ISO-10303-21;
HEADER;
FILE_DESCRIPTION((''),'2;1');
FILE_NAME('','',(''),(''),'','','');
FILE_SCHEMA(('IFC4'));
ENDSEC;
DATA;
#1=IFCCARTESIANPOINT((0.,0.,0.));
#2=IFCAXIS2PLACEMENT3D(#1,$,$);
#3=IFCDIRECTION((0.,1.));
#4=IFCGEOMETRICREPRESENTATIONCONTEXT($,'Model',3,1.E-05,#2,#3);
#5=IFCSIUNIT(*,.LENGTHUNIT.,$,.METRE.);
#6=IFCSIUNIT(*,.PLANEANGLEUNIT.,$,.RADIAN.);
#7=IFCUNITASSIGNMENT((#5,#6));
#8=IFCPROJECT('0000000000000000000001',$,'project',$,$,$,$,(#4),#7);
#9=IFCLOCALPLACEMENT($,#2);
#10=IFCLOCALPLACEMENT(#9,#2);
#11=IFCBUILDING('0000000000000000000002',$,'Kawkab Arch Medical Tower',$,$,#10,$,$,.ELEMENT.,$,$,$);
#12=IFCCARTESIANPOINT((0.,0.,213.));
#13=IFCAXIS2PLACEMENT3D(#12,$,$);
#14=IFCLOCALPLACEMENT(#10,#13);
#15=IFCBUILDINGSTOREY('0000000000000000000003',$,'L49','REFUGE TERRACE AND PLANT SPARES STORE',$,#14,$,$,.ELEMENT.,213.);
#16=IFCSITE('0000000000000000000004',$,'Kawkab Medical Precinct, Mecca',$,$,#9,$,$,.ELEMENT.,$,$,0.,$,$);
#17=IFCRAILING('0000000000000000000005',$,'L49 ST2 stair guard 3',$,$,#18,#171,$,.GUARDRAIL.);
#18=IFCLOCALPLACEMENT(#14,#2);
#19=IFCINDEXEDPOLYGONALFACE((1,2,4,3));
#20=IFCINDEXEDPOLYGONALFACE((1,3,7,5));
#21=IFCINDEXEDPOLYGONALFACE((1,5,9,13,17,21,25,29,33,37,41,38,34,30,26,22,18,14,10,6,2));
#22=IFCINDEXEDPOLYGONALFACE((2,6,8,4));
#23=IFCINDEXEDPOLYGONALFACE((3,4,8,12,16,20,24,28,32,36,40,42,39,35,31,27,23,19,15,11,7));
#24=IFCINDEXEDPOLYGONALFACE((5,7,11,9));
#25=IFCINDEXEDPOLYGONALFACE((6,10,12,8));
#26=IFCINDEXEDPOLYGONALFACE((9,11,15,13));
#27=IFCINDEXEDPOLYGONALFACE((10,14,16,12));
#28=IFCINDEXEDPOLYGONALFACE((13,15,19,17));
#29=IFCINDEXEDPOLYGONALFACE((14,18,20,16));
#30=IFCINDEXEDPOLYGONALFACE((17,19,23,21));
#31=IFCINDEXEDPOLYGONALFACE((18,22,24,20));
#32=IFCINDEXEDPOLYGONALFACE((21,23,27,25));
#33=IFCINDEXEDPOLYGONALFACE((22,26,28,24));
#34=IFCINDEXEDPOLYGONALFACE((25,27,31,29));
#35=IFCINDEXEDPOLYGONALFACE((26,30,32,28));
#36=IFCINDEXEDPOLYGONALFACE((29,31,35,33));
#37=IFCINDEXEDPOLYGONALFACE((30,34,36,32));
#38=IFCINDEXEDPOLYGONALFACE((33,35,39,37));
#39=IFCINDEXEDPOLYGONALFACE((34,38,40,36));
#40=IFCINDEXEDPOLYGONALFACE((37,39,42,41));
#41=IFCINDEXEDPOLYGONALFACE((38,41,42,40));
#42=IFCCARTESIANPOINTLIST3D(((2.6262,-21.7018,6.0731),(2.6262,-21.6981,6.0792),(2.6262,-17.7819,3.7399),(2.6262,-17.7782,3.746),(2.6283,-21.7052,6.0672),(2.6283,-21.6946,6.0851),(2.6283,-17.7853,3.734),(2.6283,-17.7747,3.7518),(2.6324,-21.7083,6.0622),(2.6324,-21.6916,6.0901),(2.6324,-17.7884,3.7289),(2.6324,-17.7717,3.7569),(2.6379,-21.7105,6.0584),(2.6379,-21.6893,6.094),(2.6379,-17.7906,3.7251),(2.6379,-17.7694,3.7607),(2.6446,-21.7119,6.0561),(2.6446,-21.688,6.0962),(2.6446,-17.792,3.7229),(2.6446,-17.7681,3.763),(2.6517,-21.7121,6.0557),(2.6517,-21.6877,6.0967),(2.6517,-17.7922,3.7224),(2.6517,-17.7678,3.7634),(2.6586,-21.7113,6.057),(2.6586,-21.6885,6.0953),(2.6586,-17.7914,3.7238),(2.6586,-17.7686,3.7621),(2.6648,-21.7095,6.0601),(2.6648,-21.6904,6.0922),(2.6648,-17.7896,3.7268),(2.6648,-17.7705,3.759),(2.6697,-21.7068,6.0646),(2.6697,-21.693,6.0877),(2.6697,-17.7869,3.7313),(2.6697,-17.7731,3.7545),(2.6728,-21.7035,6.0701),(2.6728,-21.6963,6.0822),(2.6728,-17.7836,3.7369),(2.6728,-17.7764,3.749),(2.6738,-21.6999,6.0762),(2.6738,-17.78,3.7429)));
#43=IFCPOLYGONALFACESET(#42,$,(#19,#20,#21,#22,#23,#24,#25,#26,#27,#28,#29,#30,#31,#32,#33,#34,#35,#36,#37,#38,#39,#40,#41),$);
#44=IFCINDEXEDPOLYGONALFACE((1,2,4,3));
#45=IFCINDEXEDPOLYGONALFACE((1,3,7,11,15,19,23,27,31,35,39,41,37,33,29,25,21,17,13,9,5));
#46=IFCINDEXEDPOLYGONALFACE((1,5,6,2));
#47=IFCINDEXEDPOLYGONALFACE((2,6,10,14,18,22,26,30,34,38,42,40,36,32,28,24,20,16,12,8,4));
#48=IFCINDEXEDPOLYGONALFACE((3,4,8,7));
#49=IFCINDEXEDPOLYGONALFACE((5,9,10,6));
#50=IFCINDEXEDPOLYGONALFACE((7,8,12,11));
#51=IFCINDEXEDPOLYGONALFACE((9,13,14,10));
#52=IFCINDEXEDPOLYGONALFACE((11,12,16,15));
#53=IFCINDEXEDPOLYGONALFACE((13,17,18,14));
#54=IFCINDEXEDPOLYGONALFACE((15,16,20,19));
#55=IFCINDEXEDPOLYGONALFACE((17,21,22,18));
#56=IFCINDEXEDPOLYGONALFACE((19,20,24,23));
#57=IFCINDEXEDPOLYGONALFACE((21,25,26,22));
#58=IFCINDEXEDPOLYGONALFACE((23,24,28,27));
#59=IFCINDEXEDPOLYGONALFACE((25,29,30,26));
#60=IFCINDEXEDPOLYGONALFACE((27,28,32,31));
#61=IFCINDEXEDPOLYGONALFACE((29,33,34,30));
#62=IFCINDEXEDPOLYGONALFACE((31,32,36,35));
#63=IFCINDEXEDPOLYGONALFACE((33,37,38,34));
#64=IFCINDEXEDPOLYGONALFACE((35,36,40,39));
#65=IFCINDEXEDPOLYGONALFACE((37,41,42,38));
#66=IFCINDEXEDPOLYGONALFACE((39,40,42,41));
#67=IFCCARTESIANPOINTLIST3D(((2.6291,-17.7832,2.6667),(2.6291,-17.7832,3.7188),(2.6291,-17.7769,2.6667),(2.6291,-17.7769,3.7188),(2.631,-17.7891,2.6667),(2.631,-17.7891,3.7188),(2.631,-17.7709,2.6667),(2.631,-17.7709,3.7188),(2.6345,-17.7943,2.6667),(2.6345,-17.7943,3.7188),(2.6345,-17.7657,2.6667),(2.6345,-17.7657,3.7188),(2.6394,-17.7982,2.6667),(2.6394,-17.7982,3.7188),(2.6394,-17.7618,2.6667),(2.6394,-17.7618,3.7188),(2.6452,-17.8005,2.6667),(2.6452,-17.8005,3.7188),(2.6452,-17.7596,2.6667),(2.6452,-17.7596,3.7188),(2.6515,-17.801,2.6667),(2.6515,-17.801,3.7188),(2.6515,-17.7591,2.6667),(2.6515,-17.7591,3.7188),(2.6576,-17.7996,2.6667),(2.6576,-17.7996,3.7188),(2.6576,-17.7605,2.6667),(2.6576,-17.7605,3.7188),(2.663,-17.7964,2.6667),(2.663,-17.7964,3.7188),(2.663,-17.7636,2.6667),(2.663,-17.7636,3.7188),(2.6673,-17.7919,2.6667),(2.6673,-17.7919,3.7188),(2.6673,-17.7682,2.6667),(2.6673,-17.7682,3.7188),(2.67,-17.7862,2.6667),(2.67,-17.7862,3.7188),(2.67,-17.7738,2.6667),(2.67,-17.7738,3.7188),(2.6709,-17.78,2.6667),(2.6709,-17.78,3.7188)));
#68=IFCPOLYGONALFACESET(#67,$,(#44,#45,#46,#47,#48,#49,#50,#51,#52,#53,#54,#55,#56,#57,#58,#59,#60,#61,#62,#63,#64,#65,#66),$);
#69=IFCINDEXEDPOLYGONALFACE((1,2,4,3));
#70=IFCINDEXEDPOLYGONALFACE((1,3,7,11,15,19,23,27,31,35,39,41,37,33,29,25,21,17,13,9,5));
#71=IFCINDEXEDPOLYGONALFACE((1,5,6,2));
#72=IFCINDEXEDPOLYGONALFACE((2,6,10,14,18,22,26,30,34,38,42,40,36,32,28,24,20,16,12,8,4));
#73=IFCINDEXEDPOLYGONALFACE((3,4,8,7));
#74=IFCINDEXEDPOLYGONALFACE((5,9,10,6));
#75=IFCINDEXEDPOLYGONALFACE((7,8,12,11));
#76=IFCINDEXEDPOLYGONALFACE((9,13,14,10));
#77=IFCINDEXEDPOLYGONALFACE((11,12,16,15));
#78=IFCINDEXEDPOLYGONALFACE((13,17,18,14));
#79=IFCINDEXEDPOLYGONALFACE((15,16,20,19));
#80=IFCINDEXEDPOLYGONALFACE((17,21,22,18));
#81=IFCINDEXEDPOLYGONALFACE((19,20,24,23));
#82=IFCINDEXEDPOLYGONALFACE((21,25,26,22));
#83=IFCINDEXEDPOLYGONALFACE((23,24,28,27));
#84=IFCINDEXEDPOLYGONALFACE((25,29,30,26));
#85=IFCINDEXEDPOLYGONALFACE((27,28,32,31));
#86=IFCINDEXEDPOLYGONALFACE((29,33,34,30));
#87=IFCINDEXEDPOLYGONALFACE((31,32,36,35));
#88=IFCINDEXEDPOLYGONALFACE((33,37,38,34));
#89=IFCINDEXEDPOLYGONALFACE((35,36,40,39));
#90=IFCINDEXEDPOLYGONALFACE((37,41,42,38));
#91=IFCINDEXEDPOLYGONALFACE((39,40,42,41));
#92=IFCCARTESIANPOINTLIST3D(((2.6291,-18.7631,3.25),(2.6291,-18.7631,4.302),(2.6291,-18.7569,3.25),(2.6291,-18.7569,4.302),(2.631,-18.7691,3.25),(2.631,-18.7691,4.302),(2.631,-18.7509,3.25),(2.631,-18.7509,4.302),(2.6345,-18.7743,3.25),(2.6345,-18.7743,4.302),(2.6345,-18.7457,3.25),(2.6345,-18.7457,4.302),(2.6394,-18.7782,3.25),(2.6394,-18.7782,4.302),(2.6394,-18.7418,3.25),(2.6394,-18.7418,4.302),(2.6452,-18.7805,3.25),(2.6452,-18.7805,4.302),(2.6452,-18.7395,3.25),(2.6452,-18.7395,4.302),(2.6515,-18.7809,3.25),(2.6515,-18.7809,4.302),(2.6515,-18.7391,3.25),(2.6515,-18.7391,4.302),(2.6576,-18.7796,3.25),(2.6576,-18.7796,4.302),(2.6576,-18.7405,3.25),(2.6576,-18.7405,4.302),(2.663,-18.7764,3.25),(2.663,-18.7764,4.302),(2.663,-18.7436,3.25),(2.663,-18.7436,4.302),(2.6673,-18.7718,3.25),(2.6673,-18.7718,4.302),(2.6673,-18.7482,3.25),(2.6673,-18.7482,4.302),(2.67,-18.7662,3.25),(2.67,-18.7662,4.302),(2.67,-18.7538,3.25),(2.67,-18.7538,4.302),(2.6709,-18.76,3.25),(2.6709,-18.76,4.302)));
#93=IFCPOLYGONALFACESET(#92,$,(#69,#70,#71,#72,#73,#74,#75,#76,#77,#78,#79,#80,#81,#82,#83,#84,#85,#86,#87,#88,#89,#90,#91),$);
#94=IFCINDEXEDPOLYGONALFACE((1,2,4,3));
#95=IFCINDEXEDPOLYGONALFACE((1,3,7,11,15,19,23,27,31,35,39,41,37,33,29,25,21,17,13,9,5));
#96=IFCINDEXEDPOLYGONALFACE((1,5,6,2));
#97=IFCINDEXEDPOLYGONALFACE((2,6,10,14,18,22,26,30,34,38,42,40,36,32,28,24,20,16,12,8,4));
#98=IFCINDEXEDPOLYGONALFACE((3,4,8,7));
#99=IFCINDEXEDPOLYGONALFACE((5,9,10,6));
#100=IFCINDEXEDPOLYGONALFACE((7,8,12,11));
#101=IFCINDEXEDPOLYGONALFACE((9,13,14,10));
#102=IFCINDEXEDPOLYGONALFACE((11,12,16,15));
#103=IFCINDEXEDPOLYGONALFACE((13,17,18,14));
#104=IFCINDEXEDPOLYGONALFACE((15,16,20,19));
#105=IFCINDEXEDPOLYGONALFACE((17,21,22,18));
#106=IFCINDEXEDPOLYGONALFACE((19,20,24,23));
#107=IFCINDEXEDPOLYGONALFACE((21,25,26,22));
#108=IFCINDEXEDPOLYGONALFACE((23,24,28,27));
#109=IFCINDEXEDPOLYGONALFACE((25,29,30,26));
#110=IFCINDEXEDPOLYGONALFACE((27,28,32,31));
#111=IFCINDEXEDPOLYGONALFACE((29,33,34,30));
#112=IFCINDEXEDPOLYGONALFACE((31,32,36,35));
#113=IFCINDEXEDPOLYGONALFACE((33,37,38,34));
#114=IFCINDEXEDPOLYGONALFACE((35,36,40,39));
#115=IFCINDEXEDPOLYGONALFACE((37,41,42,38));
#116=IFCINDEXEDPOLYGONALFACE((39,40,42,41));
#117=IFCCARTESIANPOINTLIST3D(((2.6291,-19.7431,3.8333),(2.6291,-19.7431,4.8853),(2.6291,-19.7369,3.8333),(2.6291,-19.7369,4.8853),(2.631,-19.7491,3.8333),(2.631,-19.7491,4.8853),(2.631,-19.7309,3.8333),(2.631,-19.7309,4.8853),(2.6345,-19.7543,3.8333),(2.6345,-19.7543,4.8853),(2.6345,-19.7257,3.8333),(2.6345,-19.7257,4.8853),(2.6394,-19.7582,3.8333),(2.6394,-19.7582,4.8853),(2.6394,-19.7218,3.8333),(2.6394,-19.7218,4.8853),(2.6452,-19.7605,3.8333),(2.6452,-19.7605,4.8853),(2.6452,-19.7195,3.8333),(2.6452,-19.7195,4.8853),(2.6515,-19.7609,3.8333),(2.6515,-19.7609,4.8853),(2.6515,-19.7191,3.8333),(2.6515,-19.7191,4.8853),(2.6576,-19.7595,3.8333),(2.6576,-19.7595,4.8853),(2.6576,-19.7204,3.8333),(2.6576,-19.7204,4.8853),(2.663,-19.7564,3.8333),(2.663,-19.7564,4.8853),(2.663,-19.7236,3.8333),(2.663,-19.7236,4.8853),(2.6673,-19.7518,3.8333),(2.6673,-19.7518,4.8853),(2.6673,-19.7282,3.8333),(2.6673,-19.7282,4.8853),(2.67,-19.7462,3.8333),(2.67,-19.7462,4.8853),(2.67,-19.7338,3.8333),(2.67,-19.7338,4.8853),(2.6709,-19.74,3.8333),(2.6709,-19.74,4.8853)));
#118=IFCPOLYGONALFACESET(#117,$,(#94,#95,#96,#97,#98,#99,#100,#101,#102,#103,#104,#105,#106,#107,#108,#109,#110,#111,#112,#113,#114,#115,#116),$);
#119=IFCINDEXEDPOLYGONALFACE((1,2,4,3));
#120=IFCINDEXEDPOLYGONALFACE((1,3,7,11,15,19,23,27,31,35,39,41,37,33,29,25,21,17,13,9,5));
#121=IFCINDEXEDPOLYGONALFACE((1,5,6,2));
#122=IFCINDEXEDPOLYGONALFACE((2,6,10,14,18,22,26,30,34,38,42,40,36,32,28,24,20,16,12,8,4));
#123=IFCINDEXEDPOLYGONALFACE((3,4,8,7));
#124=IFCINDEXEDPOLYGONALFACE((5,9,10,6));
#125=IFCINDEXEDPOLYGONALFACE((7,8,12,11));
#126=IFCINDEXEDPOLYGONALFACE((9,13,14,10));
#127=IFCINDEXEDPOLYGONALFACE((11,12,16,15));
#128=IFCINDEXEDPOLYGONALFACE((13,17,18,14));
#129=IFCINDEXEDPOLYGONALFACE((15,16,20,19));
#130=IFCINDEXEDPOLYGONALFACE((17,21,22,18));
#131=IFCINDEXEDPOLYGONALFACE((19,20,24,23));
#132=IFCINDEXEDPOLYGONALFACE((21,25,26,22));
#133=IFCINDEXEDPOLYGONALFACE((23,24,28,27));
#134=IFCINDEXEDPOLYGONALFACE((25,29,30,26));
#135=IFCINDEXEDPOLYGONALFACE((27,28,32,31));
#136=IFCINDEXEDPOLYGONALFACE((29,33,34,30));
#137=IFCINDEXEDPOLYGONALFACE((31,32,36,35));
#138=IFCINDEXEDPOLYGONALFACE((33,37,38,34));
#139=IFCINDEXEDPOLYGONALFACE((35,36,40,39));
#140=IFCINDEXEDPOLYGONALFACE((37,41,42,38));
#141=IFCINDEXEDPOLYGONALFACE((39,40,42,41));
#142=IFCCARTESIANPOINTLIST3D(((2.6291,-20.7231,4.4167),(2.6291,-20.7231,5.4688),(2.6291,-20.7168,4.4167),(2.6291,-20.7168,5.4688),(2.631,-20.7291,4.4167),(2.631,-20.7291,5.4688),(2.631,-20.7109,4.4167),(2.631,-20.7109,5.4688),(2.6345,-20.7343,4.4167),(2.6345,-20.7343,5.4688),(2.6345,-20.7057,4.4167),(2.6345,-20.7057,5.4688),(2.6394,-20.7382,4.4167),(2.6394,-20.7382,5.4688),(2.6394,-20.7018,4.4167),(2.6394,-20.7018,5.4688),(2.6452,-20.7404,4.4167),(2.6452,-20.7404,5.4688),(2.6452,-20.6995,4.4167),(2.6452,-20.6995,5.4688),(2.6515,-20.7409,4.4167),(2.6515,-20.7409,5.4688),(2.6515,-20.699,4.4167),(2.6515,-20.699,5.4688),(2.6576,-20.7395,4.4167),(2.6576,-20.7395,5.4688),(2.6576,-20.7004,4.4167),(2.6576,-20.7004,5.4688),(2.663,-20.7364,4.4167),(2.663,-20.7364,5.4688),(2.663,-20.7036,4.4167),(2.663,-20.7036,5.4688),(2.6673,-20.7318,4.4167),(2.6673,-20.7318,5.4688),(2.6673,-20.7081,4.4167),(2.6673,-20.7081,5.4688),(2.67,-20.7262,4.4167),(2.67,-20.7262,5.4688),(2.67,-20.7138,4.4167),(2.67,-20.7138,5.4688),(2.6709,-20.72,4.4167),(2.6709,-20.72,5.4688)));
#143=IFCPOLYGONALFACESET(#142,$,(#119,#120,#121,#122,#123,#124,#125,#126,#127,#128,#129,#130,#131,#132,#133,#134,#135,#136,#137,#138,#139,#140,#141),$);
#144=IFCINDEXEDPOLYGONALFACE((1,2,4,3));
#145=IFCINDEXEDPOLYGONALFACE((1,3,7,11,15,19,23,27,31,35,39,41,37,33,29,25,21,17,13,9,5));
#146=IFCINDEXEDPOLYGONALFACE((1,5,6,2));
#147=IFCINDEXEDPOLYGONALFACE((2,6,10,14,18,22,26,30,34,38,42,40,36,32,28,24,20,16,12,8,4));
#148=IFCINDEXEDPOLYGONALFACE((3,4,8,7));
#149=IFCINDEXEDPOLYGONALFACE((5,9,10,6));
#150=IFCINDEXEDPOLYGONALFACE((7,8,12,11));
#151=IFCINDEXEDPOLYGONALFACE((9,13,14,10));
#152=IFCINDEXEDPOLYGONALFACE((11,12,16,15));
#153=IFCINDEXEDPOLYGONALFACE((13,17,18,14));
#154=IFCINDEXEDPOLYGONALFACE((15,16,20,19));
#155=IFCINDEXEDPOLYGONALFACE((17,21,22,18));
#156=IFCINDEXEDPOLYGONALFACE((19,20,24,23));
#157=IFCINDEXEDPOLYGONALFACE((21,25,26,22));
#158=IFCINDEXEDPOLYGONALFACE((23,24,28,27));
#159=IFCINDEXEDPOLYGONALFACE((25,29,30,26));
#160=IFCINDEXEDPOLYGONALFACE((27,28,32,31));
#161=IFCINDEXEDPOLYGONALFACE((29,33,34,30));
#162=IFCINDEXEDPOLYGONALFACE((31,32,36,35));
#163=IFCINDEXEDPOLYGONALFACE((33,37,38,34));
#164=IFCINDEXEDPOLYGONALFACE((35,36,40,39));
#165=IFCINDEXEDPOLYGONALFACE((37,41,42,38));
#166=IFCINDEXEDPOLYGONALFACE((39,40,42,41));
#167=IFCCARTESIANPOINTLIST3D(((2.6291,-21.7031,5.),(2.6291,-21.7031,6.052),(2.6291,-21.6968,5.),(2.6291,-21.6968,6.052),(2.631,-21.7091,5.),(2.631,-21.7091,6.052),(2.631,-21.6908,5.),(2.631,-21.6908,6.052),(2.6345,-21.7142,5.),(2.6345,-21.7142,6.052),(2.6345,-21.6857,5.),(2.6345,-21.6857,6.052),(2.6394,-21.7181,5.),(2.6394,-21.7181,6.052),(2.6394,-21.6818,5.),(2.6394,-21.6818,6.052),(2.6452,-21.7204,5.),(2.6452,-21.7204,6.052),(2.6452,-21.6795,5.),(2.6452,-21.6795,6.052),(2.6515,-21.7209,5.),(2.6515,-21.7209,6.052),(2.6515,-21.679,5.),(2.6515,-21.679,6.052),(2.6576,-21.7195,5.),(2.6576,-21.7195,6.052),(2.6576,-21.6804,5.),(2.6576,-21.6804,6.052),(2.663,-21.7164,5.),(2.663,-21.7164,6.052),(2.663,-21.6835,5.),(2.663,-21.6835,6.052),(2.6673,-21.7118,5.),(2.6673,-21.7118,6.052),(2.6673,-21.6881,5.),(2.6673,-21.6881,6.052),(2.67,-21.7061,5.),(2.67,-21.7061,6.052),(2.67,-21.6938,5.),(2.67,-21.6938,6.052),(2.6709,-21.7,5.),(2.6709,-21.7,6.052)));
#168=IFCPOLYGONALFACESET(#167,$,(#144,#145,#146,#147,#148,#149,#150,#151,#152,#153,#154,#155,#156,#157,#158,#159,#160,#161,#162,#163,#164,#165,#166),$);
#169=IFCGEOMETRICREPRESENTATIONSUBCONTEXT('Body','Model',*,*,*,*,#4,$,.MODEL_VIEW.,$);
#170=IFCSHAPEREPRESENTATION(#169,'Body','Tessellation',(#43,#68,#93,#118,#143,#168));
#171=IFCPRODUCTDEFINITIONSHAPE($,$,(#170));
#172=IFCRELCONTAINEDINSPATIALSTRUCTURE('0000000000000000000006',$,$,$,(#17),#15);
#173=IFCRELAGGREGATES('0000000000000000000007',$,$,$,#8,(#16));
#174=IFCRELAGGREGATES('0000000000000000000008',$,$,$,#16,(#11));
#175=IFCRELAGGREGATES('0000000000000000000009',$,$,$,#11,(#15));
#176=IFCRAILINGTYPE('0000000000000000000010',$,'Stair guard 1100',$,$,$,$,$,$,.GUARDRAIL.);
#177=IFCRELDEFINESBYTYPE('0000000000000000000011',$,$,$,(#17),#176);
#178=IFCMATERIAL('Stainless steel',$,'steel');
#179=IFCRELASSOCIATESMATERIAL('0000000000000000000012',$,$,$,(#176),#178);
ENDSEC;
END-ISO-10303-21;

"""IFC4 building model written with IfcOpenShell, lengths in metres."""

from ifc_helpers import new_model, si_unit, direction, frame, origin, origin_2d, place, context, subcontext, project, spatial, circle, extrude, material, type_object, element, save


model = new_model("IFC4")

# Units and contexts
model_context = context("Model", 3, precision=1e-05, world=origin(), true_north=direction((0.0, 1.0)))
body_context = subcontext(model_context, "Body", "Model", "MODEL_VIEW")
ifc_project = project(units=[si_unit("LENGTHUNIT", "METRE"), si_unit("PLANEANGLEUNIT", "RADIAN")], contexts=[model_context])

# Site, building, storey
site_placement = place(None, origin())
site = spatial("IfcSite", under=ifc_project, at=site_placement, Name="Kawkab Medical Precinct, Mecca", CompositionType="ELEMENT", RefElevation=0.0)
building_placement = place(site_placement, origin())
building = spatial("IfcBuilding", under=site, at=building_placement, Name="Kawkab Arch Medical Tower", CompositionType="ELEMENT")
storey_placement = place(building_placement, frame((0.0, 0.0, 213.0)))
storey = spatial("IfcBuildingStorey", under=building, at=storey_placement, Name="L49", Description="REFUGE TERRACE AND PLANT SPARES STORE", CompositionType="ELEMENT", Elevation=213.0)

# Railing
ifc_material_1 = material(Name="Stainless steel", Category="steel")
railing_type = type_object("IfcRailingType", Name="Stair guard 1100", PredefinedType="GUARDRAIL", material=ifc_material_1)
railing_1_placement = place(storey_placement, frame((2.6499, -17.78, 2.6667)))
element("IfcRailing", 1, at=railing_1_placement, inside=storey, type_object=railing_type, Name="L49 ST2 stair guard 3", PredefinedType="GUARDRAIL", context=body_context, shape_type="SweptSolid", body=[
    extrude(circle(Radius=0.0239, at=origin_2d()), frame((0.0, 0.0, 1.0762), z_axis=(0.0, -0.859296, 0.511478), x_axis=(1.0, 0.0, 0.0)), (0.0, 0.0, 1.0), 4.5618),
    extrude(circle(Radius=0.021, at=origin_2d()), origin(), (0.0, 0.0, 1.0), 1.052),
    extrude(circle(Radius=0.021, at=origin_2d()), frame((0.0, -0.98, 0.5833)), (0.0, 0.0, 1.0), 1.052),
    extrude(circle(Radius=0.021, at=origin_2d()), frame((0.0, -1.96, 1.1665)), (0.0, 0.0, 1.0), 1.052),
    extrude(circle(Radius=0.021, at=origin_2d()), frame((0.0, -2.9399, 1.75)), (0.0, 0.0, 1.0), 1.052),
    extrude(circle(Radius=0.021, at=origin_2d()), frame((0.0, -3.9199, 2.3333)), (0.0, 0.0, 1.0), 1.052),
])

save(model, "model.ifc")
